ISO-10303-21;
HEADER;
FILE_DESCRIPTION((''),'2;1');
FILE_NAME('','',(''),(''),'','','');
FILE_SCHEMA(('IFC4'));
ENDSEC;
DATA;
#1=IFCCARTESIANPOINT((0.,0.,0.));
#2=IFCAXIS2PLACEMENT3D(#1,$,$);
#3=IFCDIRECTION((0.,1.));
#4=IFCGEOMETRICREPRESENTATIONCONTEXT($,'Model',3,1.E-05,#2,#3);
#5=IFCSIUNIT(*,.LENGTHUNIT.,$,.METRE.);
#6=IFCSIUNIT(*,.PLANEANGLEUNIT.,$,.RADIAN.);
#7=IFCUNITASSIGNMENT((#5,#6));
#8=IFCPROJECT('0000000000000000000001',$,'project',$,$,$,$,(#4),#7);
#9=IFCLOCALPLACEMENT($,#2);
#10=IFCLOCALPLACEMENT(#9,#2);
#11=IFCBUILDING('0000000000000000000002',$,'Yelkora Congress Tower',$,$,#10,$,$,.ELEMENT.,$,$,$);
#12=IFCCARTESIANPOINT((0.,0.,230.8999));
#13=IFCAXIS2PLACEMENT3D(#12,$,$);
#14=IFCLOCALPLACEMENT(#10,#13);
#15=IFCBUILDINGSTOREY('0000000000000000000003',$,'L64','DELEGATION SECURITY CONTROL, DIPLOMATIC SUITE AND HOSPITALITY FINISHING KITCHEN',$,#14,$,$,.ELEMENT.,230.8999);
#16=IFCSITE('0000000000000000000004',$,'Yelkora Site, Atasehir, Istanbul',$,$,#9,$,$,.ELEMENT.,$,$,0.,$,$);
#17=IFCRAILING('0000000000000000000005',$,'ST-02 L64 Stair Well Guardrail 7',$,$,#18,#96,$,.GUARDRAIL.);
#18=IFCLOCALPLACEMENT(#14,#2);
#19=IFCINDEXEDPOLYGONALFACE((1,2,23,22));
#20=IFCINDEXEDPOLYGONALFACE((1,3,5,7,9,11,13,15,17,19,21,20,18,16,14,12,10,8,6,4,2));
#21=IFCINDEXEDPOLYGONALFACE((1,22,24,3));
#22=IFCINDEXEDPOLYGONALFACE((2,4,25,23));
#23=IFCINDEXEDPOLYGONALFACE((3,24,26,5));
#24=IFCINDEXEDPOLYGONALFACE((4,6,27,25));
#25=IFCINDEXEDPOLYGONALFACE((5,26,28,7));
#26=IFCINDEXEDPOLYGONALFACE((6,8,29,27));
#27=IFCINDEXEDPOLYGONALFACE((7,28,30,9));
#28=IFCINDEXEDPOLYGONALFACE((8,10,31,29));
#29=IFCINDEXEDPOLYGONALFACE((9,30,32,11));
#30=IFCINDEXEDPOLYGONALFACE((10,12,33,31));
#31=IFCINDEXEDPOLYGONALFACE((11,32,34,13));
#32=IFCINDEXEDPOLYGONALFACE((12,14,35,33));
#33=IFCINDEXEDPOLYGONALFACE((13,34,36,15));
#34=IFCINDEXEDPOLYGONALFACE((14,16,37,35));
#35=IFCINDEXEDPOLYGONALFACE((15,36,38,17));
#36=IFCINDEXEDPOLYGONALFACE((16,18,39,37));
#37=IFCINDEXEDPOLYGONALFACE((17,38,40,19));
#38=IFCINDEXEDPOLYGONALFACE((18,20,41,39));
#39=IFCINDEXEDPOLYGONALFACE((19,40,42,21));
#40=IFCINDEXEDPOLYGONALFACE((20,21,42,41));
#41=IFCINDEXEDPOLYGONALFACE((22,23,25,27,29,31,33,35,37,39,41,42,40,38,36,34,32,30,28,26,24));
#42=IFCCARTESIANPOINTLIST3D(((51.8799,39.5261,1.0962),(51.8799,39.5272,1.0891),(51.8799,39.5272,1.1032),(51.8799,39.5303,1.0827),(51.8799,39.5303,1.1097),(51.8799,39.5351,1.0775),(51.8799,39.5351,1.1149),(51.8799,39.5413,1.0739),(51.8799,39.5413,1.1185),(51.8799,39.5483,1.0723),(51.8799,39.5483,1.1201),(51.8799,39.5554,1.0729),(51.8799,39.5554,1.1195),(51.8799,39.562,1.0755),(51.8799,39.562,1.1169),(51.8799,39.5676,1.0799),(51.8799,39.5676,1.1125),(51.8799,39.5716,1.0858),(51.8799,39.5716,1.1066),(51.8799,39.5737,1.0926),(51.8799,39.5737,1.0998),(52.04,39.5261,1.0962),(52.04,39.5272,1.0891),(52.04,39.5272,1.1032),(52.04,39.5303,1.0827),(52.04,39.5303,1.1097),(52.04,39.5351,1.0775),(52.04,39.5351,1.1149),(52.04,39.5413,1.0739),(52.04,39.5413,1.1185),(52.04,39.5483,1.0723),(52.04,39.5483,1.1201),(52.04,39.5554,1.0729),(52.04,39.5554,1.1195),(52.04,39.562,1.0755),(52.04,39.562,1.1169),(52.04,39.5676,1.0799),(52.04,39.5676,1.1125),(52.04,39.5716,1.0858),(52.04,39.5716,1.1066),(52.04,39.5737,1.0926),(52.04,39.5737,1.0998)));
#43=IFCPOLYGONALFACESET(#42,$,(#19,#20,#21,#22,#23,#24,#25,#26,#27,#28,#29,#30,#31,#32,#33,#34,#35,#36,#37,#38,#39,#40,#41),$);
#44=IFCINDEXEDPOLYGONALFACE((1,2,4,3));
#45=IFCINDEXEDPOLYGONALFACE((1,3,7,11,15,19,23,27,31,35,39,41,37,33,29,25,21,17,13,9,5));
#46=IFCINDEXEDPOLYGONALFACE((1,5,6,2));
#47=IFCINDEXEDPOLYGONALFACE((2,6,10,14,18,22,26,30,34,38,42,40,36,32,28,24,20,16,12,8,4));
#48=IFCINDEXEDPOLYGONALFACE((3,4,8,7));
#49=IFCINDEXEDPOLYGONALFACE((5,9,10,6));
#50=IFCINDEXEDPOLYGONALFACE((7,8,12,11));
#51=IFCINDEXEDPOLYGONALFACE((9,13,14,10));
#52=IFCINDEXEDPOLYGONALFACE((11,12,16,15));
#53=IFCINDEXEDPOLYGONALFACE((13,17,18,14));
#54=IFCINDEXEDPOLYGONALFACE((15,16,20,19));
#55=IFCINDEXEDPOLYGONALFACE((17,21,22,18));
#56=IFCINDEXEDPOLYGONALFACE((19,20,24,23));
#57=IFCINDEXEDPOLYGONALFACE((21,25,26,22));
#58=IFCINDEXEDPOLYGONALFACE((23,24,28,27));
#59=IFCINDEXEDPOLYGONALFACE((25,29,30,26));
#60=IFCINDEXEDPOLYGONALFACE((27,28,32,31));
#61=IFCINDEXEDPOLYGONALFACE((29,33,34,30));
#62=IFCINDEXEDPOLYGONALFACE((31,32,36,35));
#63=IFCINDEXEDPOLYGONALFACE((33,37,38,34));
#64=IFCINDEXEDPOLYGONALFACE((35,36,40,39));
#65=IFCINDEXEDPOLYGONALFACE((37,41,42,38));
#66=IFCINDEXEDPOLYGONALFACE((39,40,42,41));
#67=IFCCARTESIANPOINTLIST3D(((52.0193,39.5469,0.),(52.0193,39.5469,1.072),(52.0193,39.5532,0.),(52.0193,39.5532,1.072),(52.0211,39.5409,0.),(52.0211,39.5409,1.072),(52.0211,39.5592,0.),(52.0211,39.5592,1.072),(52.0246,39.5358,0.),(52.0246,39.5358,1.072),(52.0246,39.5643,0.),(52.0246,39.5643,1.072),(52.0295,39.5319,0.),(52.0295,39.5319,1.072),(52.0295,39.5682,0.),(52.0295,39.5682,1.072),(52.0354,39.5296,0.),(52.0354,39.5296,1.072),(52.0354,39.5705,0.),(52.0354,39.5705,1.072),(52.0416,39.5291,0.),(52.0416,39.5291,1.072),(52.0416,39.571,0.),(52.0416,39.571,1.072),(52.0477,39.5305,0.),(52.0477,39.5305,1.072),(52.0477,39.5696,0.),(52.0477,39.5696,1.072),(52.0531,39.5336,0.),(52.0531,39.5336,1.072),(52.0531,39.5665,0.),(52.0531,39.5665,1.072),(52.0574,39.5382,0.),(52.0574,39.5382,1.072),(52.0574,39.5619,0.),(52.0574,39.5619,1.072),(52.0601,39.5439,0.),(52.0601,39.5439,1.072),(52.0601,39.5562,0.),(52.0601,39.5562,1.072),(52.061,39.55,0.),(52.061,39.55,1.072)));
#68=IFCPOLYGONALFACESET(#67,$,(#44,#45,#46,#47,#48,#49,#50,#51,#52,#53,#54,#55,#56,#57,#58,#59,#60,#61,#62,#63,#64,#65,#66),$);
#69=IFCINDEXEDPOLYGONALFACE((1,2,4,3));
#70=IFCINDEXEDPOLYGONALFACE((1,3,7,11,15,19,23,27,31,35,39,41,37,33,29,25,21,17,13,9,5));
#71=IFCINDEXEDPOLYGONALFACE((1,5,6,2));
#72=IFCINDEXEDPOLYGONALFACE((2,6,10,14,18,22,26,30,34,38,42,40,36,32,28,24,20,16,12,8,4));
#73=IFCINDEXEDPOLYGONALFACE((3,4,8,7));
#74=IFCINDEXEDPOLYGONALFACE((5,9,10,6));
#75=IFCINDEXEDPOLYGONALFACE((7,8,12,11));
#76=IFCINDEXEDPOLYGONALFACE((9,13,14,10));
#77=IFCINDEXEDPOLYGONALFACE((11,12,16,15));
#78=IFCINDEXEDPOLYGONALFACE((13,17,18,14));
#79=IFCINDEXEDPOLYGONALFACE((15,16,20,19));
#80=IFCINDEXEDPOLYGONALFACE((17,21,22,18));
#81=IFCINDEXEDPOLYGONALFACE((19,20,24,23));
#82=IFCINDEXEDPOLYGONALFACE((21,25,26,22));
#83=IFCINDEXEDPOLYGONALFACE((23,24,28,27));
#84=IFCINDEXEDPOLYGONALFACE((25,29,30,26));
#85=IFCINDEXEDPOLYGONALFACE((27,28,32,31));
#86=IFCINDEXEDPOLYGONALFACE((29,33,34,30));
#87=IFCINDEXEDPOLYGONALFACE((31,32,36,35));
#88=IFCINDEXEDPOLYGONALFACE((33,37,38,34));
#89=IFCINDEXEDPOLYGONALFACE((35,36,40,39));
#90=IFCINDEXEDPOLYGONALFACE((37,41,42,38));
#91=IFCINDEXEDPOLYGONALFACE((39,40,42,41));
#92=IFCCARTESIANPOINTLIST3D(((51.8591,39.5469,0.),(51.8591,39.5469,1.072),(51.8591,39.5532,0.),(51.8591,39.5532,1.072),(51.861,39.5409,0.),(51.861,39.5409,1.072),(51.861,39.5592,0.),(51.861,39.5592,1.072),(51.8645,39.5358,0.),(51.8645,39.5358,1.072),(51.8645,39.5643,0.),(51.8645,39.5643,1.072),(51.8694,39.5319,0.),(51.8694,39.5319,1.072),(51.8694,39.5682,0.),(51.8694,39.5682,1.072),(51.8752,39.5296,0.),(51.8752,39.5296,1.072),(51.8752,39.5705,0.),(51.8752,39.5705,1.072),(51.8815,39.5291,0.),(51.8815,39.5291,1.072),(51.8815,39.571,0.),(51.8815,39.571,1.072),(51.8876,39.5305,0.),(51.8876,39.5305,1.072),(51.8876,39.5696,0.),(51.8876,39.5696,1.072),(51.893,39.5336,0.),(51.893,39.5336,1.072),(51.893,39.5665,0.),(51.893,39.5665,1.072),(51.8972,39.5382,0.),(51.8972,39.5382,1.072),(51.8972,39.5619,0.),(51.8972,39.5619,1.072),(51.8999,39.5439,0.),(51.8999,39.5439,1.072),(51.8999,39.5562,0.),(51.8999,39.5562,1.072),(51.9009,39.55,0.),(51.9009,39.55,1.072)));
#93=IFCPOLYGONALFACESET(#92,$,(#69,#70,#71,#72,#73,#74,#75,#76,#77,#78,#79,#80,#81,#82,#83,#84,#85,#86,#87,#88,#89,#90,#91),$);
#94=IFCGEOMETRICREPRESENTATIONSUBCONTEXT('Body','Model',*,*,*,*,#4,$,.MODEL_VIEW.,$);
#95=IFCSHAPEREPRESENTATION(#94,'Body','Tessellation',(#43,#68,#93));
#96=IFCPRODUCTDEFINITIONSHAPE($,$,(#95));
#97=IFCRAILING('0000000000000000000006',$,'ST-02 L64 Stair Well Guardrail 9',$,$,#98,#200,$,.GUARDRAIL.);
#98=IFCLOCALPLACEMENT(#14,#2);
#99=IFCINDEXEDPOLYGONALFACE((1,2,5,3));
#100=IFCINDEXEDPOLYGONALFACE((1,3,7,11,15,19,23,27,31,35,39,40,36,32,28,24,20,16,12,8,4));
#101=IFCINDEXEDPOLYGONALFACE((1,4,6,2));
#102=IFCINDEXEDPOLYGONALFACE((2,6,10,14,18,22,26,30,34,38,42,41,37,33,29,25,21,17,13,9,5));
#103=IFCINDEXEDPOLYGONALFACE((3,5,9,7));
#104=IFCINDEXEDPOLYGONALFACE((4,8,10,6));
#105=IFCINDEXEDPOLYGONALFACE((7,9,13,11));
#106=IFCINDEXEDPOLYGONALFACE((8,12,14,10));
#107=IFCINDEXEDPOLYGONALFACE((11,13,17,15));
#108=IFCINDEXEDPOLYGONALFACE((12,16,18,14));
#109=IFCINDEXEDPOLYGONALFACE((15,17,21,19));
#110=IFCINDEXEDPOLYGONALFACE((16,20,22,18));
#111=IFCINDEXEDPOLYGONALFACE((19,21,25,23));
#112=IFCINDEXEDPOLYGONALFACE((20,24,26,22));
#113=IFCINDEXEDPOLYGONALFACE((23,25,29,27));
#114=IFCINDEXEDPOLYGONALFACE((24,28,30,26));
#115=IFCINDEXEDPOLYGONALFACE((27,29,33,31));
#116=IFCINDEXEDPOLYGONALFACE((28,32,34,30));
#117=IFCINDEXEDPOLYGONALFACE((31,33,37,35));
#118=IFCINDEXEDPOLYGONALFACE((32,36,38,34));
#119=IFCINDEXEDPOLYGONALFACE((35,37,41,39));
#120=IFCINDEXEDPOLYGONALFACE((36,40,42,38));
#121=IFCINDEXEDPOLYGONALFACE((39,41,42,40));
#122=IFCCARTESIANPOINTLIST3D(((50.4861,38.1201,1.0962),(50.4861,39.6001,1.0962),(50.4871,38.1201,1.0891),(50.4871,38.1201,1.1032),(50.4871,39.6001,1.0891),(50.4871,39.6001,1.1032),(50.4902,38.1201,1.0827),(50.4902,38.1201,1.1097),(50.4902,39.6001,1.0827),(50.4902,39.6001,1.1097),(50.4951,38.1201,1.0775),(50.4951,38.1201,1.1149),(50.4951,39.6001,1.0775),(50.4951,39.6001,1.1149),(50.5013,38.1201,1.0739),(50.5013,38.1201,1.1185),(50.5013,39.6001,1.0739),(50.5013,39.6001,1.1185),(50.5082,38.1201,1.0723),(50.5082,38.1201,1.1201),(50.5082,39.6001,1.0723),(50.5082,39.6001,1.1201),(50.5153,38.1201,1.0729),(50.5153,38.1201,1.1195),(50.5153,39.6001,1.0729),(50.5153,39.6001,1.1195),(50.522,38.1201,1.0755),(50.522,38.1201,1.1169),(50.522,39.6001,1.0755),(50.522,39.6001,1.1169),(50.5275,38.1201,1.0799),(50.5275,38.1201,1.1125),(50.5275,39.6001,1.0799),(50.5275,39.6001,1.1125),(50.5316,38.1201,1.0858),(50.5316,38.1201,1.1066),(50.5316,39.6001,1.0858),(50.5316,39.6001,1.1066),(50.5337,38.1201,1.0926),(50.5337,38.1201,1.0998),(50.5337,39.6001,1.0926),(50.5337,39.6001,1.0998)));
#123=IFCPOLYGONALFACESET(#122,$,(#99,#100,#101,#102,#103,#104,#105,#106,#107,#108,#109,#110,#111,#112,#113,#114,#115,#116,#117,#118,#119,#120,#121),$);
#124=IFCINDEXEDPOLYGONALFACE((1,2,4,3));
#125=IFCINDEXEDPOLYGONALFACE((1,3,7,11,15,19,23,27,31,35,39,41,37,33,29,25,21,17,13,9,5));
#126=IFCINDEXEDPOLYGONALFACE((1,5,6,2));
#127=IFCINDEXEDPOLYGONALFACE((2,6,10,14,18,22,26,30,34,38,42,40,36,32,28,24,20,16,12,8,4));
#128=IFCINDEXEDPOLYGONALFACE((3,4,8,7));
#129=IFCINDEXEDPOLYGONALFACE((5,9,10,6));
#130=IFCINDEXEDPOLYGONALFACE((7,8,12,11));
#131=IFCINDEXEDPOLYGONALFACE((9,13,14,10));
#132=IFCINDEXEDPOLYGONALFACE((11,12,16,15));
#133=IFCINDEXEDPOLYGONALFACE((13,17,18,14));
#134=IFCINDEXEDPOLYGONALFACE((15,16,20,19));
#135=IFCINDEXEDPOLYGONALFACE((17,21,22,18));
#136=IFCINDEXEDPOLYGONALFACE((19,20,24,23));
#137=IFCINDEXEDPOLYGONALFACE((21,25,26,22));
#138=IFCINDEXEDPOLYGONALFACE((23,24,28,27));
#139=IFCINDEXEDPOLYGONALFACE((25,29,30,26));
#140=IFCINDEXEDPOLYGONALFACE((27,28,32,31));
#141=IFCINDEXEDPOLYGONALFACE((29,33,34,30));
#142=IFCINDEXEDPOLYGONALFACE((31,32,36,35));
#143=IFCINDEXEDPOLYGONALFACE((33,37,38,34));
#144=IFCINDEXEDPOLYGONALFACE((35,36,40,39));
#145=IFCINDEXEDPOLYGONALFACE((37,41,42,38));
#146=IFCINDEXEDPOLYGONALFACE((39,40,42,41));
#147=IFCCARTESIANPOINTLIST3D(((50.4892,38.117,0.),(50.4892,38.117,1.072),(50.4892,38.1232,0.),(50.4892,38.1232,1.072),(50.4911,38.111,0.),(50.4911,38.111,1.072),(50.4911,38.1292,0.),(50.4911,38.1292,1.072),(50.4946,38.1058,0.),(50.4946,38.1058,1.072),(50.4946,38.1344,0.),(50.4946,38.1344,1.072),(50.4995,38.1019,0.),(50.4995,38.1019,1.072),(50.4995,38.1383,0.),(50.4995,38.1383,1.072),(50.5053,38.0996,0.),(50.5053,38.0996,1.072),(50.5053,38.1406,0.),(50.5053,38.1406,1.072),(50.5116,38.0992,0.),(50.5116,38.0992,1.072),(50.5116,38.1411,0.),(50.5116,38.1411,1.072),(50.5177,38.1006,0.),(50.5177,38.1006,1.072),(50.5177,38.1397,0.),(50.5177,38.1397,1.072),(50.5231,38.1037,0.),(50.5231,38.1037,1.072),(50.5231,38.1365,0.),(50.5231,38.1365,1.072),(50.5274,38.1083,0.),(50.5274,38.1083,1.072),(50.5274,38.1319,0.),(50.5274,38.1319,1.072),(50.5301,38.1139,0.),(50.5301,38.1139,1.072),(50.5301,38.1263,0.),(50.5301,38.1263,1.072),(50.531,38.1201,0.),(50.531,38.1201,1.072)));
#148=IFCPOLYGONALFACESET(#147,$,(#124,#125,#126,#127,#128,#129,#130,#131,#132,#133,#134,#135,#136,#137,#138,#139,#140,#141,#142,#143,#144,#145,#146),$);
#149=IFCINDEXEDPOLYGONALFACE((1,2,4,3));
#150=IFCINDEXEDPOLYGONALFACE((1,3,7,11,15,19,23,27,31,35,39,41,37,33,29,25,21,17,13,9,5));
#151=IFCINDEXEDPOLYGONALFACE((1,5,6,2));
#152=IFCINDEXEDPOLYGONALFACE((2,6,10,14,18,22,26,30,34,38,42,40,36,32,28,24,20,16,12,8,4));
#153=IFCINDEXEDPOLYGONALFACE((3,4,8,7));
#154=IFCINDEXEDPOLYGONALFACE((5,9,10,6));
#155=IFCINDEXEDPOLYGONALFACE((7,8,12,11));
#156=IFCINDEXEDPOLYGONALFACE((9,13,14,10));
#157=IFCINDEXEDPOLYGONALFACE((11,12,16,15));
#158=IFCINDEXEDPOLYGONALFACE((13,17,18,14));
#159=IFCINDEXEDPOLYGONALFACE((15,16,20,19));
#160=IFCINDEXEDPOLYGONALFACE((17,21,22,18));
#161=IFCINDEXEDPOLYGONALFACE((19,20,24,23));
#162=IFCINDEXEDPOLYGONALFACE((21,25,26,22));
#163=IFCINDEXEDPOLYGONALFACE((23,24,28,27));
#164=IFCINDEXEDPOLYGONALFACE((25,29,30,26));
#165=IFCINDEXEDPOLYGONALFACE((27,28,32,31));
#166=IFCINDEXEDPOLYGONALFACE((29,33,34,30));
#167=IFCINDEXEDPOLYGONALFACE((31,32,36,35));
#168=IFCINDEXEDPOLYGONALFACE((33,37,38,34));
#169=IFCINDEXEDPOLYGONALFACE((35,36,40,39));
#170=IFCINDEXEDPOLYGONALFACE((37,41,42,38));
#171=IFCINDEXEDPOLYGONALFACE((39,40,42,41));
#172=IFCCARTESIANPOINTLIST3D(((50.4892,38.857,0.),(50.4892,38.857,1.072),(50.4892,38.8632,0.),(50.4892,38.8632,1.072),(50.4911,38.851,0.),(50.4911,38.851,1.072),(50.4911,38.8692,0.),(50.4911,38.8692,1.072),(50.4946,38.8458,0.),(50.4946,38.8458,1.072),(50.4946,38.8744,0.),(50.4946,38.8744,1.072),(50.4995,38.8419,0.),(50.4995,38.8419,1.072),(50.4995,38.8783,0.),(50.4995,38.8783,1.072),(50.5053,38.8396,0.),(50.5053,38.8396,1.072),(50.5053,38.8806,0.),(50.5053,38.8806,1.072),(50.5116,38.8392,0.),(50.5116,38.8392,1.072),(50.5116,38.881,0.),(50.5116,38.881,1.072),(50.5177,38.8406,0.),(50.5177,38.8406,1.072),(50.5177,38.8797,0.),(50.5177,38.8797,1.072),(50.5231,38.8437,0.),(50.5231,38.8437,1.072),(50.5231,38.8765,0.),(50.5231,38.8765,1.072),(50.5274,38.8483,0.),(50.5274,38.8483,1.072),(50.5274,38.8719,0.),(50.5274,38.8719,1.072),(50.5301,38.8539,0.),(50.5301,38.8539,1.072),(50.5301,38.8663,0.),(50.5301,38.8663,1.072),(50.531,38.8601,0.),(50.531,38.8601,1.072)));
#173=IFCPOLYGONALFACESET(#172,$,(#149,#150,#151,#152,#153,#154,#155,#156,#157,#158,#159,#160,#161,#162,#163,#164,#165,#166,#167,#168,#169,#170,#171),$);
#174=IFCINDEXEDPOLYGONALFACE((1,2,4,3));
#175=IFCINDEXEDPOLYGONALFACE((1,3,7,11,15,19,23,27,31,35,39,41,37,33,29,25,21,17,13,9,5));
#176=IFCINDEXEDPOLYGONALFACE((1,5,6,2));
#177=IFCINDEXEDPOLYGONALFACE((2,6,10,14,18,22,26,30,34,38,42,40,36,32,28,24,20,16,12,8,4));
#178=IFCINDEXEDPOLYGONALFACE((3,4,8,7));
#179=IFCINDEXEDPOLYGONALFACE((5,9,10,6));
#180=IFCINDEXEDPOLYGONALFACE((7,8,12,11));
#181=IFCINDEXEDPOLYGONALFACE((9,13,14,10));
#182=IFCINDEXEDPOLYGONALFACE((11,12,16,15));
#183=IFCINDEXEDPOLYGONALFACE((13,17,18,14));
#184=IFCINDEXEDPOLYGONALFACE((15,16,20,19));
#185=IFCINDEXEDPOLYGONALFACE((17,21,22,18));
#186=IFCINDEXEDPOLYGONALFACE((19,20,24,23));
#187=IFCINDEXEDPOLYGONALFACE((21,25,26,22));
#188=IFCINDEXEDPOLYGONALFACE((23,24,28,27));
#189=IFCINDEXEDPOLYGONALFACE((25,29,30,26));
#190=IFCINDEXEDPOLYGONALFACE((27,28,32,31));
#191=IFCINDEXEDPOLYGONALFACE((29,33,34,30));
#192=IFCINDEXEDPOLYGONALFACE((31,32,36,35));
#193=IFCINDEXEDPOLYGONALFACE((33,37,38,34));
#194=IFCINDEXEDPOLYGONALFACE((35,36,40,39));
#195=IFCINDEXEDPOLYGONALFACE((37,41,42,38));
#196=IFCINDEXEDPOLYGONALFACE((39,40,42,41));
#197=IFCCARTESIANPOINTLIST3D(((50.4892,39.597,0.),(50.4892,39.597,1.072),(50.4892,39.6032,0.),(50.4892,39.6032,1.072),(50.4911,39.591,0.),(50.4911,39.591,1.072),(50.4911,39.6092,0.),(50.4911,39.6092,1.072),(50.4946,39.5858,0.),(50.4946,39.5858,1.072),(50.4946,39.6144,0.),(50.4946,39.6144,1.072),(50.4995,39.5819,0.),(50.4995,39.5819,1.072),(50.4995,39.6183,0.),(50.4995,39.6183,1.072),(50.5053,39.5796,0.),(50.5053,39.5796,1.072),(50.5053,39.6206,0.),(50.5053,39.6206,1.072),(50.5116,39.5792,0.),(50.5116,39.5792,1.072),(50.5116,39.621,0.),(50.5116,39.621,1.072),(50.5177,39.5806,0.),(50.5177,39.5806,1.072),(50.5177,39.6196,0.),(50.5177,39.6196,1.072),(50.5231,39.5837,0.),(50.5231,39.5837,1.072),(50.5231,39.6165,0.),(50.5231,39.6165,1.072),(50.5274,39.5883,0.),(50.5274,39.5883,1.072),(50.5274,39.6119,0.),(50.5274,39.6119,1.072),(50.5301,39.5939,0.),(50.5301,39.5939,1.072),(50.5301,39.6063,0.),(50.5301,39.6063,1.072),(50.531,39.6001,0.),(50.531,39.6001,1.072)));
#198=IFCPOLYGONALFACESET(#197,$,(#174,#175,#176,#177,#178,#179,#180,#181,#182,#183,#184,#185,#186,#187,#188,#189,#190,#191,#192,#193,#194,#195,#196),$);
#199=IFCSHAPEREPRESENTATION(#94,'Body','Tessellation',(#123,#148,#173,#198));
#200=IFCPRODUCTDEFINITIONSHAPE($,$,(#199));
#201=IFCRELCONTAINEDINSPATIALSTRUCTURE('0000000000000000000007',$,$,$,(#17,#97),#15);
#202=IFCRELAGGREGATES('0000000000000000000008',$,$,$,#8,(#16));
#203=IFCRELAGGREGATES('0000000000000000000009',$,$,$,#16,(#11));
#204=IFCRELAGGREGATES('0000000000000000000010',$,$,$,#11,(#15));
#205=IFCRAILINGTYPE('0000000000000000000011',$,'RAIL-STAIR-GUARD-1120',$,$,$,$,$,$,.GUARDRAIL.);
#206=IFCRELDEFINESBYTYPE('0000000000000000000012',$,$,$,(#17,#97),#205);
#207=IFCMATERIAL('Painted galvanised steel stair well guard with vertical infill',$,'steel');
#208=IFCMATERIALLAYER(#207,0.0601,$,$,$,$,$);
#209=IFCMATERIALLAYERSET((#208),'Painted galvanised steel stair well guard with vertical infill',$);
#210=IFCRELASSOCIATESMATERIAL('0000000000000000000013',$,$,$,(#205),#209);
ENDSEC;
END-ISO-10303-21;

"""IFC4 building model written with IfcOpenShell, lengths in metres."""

from ifc_helpers import new_model, si_unit, direction, frame, origin, origin_2d, place, context, subcontext, project, spatial, circle, extrude, material, layer, layer_set, type_object, element, save


model = new_model("IFC4")

# Units and contexts
model_context = context("Model", 3, precision=1e-05, world=origin(), true_north=direction((0.0, 1.0)))
body_context = subcontext(model_context, "Body", "Model", "MODEL_VIEW")
ifc_project = project(units=[si_unit("LENGTHUNIT", "METRE"), si_unit("PLANEANGLEUNIT", "RADIAN")], contexts=[model_context])

# Site, building, storey
site_placement = place(None, origin())
site = spatial("IfcSite", under=ifc_project, at=site_placement, Name="Yelkora Site, Atasehir, Istanbul", CompositionType="ELEMENT", RefElevation=0.0)
building_placement = place(site_placement, origin())
building = spatial("IfcBuilding", under=site, at=building_placement, Name="Yelkora Congress Tower", CompositionType="ELEMENT")
storey_placement = place(building_placement, frame((0.0, 0.0, 230.8999)))
storey = spatial("IfcBuildingStorey", under=building, at=storey_placement, Name="L64", Description="DELEGATION SECURITY CONTROL, DIPLOMATIC SUITE AND HOSPITALITY FINISHING KITCHEN", CompositionType="ELEMENT", Elevation=230.8999)

# Railings
ifc_material_1 = material(Name="Painted galvanised steel stair well guard with vertical infill", Category="steel")
ifc_layer_1 = layer(ifc_material_1, 0.0601)
ifc_layer_set_1 = layer_set([ifc_layer_1], Name="Painted galvanised steel stair well guard with vertical infill")
railing_type_1 = type_object("IfcRailingType", Name="RAIL-STAIR-GUARD-1120", PredefinedType="GUARDRAIL", material=ifc_layer_set_1)
railing_1_placement = place(storey_placement, frame((52.04, 39.55, 0.0)))
element("IfcRailing", 1, at=railing_1_placement, inside=storey, type_object=railing_type_1, Name="ST-02 L64 Stair Well Guardrail 7", PredefinedType="GUARDRAIL", context=body_context, shape_type="SweptSolid", body=[
    extrude(circle(Radius=0.0239, at=origin_2d()), frame((0.0, 0.0, 1.0962), z_axis=(-1.0, 0.0, 0.0), x_axis=(0.0, -1.0, 0.0)), (0.0, 0.0, 1.0), 0.1602),
    extrude(circle(Radius=0.021, at=origin_2d()), origin(), (0.0, 0.0, 1.0), 1.072),
    extrude(circle(Radius=0.021, at=origin_2d()), frame((-0.1602, 0.0, 0.0)), (0.0, 0.0, 1.0), 1.072),
])
railing_2_placement = place(storey_placement, frame((50.51, 38.1201, 0.0)))
element("IfcRailing", 2, at=railing_2_placement, inside=storey, type_object=railing_type_1, Name="ST-02 L64 Stair Well Guardrail 9", PredefinedType="GUARDRAIL", context=body_context, shape_type="SweptSolid", body=[
    extrude(circle(Radius=0.0239, at=origin_2d()), frame((0.0, 0.0, 1.0962), z_axis=(0.0, 1.0, 0.0), x_axis=(-1.0, 0.0, 0.0)), (0.0, 0.0, 1.0), 1.48),
    extrude(circle(Radius=0.021, at=origin_2d()), origin(), (0.0, 0.0, 1.0), 1.072),
    extrude(circle(Radius=0.021, at=origin_2d()), frame((0.0, 0.74, 0.0)), (0.0, 0.0, 1.0), 1.072),
    extrude(circle(Radius=0.021, at=origin_2d()), frame((0.0, 1.48, 0.0)), (0.0, 0.0, 1.0), 1.072),
])

save(model, "model.ifc")
